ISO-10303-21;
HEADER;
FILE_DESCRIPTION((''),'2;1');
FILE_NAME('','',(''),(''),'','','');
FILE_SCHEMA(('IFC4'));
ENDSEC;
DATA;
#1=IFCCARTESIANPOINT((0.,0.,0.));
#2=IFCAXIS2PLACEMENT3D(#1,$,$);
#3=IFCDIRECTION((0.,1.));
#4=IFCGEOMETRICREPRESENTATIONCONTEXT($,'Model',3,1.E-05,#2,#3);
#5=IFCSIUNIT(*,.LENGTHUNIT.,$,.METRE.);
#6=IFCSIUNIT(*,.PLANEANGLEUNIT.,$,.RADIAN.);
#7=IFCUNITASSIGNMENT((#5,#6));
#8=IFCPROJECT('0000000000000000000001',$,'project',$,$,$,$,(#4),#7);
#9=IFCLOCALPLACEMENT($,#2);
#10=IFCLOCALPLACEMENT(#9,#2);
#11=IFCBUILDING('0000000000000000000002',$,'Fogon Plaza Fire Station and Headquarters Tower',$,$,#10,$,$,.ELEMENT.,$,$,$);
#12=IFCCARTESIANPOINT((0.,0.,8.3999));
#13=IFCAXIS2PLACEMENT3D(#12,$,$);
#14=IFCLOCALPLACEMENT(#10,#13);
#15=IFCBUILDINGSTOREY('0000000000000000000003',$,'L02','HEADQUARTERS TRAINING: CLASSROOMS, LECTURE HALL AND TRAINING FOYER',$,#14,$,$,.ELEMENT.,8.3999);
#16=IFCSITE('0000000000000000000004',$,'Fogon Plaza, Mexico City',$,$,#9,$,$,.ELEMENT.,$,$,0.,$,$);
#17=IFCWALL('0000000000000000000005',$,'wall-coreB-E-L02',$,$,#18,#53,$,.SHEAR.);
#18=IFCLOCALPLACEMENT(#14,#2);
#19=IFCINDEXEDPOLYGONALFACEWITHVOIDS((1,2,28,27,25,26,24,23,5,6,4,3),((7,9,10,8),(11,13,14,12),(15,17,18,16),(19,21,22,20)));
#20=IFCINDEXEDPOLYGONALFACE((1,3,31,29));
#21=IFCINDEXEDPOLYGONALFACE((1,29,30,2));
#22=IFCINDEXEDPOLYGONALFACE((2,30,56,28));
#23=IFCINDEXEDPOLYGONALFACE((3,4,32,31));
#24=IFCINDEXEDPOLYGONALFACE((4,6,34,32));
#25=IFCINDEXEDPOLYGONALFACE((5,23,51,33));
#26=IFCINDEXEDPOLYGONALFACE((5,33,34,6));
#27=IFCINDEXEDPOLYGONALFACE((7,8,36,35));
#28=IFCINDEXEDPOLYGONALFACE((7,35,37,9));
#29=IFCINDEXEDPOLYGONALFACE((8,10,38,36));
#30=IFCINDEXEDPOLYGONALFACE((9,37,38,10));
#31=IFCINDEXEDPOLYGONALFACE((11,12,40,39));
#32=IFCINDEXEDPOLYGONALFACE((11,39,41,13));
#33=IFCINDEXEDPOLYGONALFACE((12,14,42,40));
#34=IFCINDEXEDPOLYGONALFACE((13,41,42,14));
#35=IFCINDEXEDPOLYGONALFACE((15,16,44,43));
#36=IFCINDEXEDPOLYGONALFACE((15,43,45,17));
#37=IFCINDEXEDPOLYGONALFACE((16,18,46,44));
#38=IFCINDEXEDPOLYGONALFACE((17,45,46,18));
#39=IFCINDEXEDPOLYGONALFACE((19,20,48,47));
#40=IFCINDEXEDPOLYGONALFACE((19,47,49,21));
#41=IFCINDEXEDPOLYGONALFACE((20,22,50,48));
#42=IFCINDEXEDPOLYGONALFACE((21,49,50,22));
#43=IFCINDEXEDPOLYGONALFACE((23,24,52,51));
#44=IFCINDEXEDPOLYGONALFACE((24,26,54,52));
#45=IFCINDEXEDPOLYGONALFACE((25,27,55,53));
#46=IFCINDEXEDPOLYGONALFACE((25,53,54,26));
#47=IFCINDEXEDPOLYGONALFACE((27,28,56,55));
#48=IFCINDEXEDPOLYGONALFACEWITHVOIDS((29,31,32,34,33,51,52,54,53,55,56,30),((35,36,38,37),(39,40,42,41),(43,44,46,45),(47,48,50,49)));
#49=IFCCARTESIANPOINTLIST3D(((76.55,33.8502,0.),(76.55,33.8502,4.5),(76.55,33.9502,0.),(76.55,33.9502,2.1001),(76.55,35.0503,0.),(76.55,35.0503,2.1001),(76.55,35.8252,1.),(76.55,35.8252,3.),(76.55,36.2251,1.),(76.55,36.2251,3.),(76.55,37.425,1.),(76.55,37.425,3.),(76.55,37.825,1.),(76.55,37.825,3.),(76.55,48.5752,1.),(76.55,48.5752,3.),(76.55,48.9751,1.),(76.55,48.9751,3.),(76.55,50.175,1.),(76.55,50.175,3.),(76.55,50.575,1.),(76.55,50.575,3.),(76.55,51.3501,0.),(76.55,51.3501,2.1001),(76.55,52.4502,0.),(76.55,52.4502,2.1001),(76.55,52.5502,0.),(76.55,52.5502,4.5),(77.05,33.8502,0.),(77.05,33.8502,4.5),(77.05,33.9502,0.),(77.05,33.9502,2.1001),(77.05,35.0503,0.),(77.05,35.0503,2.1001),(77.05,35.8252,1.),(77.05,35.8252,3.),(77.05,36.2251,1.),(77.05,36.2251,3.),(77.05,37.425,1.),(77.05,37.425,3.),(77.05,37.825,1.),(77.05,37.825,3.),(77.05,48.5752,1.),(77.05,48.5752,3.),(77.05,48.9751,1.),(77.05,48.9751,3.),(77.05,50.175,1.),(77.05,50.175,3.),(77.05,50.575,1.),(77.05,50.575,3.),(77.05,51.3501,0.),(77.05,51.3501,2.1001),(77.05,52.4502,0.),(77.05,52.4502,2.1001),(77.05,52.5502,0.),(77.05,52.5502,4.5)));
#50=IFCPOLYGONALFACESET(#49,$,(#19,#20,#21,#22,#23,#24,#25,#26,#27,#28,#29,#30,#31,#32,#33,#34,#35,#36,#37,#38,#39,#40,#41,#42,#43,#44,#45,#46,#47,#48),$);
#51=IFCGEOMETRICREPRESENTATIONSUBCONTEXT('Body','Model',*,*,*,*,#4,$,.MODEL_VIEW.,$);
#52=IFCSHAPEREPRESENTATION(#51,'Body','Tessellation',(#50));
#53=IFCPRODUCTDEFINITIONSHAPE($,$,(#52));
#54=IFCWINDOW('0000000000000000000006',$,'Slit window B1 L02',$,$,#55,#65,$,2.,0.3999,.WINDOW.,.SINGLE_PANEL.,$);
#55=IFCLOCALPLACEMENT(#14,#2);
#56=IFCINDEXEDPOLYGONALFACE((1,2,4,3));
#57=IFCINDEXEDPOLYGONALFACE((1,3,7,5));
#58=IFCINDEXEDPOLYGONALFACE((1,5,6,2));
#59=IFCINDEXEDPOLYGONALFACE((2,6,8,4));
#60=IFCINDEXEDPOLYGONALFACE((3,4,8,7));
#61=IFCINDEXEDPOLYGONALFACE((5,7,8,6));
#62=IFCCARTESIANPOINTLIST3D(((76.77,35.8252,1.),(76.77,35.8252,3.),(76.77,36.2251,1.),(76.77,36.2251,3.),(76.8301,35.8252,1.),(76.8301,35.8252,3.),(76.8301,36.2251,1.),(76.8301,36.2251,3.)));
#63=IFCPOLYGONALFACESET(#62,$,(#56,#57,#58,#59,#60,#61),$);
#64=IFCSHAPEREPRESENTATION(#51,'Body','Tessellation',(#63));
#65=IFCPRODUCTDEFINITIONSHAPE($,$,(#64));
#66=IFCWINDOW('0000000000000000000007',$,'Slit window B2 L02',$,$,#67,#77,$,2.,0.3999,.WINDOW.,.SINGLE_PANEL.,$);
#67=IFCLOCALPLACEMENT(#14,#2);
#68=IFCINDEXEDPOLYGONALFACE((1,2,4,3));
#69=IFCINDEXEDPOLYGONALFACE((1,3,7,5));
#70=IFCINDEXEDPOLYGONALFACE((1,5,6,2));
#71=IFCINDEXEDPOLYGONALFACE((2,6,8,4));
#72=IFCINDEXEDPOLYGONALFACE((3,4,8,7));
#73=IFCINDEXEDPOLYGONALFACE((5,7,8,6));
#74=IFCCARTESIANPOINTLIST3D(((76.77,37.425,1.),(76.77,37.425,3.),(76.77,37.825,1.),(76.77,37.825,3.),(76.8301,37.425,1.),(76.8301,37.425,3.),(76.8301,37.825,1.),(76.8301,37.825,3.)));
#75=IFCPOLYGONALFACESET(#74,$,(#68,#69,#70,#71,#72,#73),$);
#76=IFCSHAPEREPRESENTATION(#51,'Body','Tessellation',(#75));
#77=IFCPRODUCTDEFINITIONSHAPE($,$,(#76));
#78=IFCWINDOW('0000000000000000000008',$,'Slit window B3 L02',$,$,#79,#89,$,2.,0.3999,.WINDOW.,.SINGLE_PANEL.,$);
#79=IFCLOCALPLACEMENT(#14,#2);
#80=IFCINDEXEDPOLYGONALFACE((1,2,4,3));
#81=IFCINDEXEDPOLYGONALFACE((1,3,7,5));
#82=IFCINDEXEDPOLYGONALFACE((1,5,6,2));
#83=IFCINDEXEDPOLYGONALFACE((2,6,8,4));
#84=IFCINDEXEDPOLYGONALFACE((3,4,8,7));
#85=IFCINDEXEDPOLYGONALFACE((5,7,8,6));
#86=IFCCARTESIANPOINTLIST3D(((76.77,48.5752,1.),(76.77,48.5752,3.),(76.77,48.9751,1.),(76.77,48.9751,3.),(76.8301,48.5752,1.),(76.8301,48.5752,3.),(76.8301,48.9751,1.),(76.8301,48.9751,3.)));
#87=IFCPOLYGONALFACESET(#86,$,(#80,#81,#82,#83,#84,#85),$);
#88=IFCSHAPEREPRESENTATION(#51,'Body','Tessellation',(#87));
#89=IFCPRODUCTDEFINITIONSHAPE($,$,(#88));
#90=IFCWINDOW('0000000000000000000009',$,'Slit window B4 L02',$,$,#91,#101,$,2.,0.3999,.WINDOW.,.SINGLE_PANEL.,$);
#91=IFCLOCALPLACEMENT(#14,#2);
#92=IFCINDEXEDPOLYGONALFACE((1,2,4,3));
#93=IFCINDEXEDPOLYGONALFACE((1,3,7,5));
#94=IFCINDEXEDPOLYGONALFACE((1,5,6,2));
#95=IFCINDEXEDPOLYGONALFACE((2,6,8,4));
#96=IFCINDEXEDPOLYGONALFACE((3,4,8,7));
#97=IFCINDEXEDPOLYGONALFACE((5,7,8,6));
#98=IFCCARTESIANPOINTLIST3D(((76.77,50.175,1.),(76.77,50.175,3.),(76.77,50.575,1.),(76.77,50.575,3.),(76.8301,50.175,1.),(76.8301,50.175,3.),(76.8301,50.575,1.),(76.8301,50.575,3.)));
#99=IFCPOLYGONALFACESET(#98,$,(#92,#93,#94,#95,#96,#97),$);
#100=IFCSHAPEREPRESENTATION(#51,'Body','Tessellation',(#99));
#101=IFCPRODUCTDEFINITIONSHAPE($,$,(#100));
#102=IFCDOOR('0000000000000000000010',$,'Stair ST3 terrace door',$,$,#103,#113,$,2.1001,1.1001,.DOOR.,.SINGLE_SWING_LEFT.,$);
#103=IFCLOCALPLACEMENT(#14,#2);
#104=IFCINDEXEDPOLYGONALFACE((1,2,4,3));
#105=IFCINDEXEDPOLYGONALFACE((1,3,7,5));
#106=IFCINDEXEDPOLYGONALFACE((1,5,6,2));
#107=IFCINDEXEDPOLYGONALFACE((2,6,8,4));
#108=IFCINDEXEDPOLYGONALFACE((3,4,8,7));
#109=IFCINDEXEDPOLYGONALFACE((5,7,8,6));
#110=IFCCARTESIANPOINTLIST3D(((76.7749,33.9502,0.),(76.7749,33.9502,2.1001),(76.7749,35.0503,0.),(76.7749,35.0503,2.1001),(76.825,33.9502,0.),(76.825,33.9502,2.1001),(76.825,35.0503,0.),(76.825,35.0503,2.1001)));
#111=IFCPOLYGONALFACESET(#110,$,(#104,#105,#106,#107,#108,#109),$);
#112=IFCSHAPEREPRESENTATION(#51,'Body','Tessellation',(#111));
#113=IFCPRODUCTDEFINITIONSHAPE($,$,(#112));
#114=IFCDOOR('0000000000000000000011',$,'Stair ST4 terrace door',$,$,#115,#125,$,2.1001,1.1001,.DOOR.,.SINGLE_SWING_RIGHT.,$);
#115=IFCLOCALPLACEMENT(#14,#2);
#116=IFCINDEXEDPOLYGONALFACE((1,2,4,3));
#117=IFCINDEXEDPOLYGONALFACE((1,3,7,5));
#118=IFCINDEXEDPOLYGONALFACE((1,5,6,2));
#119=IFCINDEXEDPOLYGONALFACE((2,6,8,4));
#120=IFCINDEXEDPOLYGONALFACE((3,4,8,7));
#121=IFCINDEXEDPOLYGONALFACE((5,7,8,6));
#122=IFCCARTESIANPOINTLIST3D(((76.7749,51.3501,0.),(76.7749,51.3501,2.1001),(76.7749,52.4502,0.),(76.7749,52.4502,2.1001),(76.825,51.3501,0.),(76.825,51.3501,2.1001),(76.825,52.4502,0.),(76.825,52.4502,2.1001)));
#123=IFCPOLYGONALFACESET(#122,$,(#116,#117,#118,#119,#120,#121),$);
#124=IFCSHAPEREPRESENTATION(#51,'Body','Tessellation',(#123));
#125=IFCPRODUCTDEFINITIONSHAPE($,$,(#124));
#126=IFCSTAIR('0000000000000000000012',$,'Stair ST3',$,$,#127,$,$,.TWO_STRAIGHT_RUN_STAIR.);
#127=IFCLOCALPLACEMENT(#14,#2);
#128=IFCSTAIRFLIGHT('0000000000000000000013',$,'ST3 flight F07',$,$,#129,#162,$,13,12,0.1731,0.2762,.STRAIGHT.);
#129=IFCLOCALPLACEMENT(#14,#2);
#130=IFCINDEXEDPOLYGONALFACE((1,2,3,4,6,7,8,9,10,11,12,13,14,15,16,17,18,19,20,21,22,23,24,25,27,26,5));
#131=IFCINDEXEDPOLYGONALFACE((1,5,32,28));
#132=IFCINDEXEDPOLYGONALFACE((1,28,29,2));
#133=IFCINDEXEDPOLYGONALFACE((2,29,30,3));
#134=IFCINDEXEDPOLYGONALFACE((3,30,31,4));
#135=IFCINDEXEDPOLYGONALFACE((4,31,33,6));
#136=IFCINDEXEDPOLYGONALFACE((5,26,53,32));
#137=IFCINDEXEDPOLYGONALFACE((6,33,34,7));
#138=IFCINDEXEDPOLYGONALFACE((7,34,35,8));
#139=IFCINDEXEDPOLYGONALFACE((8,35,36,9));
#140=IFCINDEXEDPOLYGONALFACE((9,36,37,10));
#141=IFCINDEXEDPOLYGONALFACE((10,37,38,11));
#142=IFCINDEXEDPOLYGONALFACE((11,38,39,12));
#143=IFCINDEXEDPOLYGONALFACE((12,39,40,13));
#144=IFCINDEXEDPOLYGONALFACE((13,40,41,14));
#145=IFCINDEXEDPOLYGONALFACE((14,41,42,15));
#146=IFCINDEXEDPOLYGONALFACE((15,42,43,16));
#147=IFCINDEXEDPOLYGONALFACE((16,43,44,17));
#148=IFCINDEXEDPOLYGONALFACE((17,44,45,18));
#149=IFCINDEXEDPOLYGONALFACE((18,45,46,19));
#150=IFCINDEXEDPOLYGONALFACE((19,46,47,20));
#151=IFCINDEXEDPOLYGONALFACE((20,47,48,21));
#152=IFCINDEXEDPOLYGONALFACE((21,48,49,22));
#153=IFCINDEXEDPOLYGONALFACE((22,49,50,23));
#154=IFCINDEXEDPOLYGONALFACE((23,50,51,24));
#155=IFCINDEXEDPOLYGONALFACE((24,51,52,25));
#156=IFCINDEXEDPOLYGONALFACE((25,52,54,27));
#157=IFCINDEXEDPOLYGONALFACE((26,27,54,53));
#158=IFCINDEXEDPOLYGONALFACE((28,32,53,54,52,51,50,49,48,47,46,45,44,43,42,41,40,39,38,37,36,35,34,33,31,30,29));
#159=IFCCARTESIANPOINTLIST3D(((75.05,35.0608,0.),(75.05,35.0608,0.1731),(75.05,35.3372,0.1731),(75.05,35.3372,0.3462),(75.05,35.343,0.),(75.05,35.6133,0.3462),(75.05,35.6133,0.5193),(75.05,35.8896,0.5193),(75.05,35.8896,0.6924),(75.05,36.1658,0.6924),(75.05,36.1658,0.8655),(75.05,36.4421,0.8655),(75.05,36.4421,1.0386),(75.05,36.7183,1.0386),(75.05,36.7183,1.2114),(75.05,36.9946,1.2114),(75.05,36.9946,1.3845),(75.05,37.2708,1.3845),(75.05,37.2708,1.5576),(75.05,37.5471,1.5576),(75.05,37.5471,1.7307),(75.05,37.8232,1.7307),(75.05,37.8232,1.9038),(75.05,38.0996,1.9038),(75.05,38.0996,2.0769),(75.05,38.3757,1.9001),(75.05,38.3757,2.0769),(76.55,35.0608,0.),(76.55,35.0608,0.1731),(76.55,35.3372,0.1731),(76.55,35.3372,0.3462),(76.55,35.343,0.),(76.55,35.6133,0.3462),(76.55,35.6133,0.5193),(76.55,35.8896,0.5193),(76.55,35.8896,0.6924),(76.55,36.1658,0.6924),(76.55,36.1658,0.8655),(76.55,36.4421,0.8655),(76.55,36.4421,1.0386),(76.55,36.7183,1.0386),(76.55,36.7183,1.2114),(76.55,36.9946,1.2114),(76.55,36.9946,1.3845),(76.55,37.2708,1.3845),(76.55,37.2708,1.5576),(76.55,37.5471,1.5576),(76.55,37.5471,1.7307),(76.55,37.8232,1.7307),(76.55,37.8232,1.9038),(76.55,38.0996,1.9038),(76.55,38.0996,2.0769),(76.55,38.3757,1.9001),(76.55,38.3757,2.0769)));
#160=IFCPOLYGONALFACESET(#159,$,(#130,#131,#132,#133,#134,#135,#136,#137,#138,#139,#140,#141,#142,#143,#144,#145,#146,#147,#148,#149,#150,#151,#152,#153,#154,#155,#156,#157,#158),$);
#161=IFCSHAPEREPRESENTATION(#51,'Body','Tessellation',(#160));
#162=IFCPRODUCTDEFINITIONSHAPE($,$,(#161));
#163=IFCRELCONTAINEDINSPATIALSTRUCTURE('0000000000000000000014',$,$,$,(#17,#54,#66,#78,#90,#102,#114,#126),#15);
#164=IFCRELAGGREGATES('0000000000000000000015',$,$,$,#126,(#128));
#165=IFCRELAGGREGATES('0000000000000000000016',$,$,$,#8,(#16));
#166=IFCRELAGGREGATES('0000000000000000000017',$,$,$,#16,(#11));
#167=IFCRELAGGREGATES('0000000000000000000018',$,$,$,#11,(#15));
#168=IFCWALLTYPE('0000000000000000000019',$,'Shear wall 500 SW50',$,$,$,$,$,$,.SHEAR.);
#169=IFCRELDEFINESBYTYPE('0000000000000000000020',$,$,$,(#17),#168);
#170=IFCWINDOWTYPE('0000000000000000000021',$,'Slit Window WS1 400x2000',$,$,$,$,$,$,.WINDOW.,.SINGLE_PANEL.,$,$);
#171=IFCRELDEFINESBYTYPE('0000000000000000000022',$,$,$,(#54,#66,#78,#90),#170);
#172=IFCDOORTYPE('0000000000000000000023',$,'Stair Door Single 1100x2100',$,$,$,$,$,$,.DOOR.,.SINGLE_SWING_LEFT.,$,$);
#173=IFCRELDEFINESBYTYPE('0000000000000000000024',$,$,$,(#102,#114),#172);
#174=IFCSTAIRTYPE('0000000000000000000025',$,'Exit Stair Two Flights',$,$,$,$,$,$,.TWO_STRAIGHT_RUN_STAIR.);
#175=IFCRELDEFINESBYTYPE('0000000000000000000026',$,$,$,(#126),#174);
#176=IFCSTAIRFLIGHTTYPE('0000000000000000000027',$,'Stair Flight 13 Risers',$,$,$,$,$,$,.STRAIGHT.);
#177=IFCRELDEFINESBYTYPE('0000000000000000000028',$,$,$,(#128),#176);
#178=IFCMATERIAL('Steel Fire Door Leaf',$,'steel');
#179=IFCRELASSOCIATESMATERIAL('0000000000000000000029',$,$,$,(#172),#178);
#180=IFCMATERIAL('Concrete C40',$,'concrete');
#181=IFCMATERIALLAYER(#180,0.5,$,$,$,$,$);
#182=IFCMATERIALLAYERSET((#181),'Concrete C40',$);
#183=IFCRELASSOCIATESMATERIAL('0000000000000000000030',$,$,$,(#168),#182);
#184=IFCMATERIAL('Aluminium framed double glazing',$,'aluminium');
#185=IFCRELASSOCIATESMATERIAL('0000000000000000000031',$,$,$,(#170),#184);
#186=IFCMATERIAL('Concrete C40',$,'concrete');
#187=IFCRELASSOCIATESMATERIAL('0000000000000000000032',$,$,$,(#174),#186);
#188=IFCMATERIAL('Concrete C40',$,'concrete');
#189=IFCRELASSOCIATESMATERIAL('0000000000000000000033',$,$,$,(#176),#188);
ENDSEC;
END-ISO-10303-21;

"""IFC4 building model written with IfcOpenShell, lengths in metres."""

from ifc_helpers import new_model, si_unit, direction, frame, frame_2d, origin, place, context, subcontext, project, spatial, polyline, rectangle, outline, extrude, material, layer, layer_set, type_object, element, fill, aggregate, save


model = new_model("IFC4")

# Units and contexts
model_context = context("Model", 3, precision=1e-05, world=origin(), true_north=direction((0.0, 1.0)))
body_context = subcontext(model_context, "Body", "Model", "MODEL_VIEW")
ifc_project = project(units=[si_unit("LENGTHUNIT", "METRE"), si_unit("PLANEANGLEUNIT", "RADIAN")], contexts=[model_context])

# Site, building, storey
site_placement = place(None, origin())
site = spatial("IfcSite", under=ifc_project, at=site_placement, Name="Fogon Plaza, Mexico City", CompositionType="ELEMENT", RefElevation=0.0)
building_placement = place(site_placement, origin())
building = spatial("IfcBuilding", under=site, at=building_placement, Name="Fogon Plaza Fire Station and Headquarters Tower", CompositionType="ELEMENT")
storey_placement = place(building_placement, frame((0.0, 0.0, 8.3999)))
storey = spatial("IfcBuildingStorey", under=building, at=storey_placement, Name="L02", Description="HEADQUARTERS TRAINING: CLASSROOMS, LECTURE HALL AND TRAINING FOYER", CompositionType="ELEMENT", Elevation=8.3999)

# Shared definitions
ifc_material_1 = material(Name="Steel Fire Door Leaf", Category="steel")
door_type_1 = type_object("IfcDoorType", Name="Stair Door Single 1100x2100", OperationType="SINGLE_SWING_LEFT", PredefinedType="DOOR", material=ifc_material_1)

# Wall, openings, windows, doors
ifc_material_2 = material(Name="Concrete C40", Category="concrete")
ifc_layer_1 = layer(ifc_material_2, 0.5)
ifc_layer_set_1 = layer_set([ifc_layer_1], Name="Concrete C40")
wall_type_1 = type_object("IfcWallType", Name="Shear wall 500 SW50", PredefinedType="SHEAR", material=ifc_layer_set_1)
wall_1_placement = place(storey_placement, frame((76.8, 33.8501, 0.0), z_axis=(0.0, 0.0, 1.0), x_axis=(0.0, 1.0, 0.0)))
wall_1 = element("IfcWall", 1, at=wall_1_placement, inside=storey, type_object=wall_type_1, Name="wall-coreB-E-L02", PredefinedType="SHEAR", context=body_context, shape_type="SweptSolid", body=[
    extrude(rectangle(XDim=18.7, YDim=0.5, at=frame_2d((9.3501, 0.0))), origin(), (0.0, 0.0, 1.0), 4.5),
])
opening_1_placement = place(wall_1_placement, frame((1.9751, 0.0, 1.0)))
opening_1 = element("IfcOpeningElement", 2, at=opening_1_placement, cuts=wall_1, PredefinedType="OPENING", context=body_context, shape_type="SweptSolid", body=[
    extrude(rectangle(XDim=0.3999, YDim=2.0, at=frame_2d((0.2, 1.0))), frame((0.0, 0.26, 0.0), z_axis=(0.0, -1.0, 0.0), x_axis=(1.0, 0.0, 0.0)), (0.0, 0.0, 1.0), 0.52),
])
opening_2_placement = place(wall_1_placement, frame((3.575, 0.0, 1.0)))
opening_2 = element("IfcOpeningElement", 3, at=opening_2_placement, cuts=wall_1, PredefinedType="OPENING", context=body_context, shape_type="SweptSolid", body=[
    extrude(rectangle(XDim=0.3999, YDim=2.0, at=frame_2d((0.2, 1.0))), frame((0.0, 0.26, 0.0), z_axis=(0.0, -1.0, 0.0), x_axis=(1.0, 0.0, 0.0)), (0.0, 0.0, 1.0), 0.52),
])
opening_3_placement = place(wall_1_placement, frame((14.7251, 0.0, 1.0)))
opening_3 = element("IfcOpeningElement", 4, at=opening_3_placement, cuts=wall_1, PredefinedType="OPENING", context=body_context, shape_type="SweptSolid", body=[
    extrude(rectangle(XDim=0.3999, YDim=2.0, at=frame_2d((0.2, 1.0))), frame((0.0, 0.26, 0.0), z_axis=(0.0, -1.0, 0.0), x_axis=(1.0, 0.0, 0.0)), (0.0, 0.0, 1.0), 0.52),
])
opening_4_placement = place(wall_1_placement, frame((16.325, 0.0, 1.0)))
opening_4 = element("IfcOpeningElement", 5, at=opening_4_placement, cuts=wall_1, PredefinedType="OPENING", context=body_context, shape_type="SweptSolid", body=[
    extrude(rectangle(XDim=0.3999, YDim=2.0, at=frame_2d((0.2, 1.0))), frame((0.0, 0.26, 0.0), z_axis=(0.0, -1.0, 0.0), x_axis=(1.0, 0.0, 0.0)), (0.0, 0.0, 1.0), 0.52),
])
opening_5_placement = place(wall_1_placement, frame((0.1001, 0.0, 0.0)))
opening_5 = element("IfcOpeningElement", 6, at=opening_5_placement, cuts=wall_1, PredefinedType="OPENING", context=body_context, shape_type="SweptSolid", body=[
    extrude(rectangle(XDim=1.1001, YDim=2.1001, at=frame_2d((0.55, 1.05))), frame((0.0, 0.26, 0.0), z_axis=(0.0, -1.0, 0.0), x_axis=(1.0, 0.0, 0.0)), (0.0, 0.0, 1.0), 0.52),
])
opening_6_placement = place(wall_1_placement, frame((17.5, 0.0, 0.0)))
opening_6 = element("IfcOpeningElement", 7, at=opening_6_placement, cuts=wall_1, PredefinedType="OPENING", context=body_context, shape_type="SweptSolid", body=[
    extrude(rectangle(XDim=1.1001, YDim=2.1001, at=frame_2d((0.55, 1.05))), frame((0.0, 0.26, 0.0), z_axis=(0.0, -1.0, 0.0), x_axis=(1.0, 0.0, 0.0)), (0.0, 0.0, 1.0), 0.52),
])
ifc_material_3 = material(Name="Aluminium framed double glazing", Category="aluminium")
window_type = type_object("IfcWindowType", Name="Slit Window WS1 400x2000", PartitioningType="SINGLE_PANEL", PredefinedType="WINDOW", material=ifc_material_3)
window_1_placement = place(opening_1_placement, origin())
window_1 = element("IfcWindow", 8, at=window_1_placement, inside=storey, type_object=window_type, Name="Slit window B1 L02", OverallHeight=2.0, OverallWidth=0.3999, PartitioningType="SINGLE_PANEL", PredefinedType="WINDOW", context=body_context, shape_type="SweptSolid", body=[
    extrude(rectangle(XDim=0.3999, YDim=2.0, at=frame_2d((0.2, 1.0))), frame((0.0, 0.03, 0.0), z_axis=(0.0, -1.0, 0.0), x_axis=(1.0, 0.0, 0.0)), (0.0, 0.0, 1.0), 0.0601),
])
fill(opening_1, window_1)
window_2_placement = place(opening_2_placement, origin())
window_2 = element("IfcWindow", 9, at=window_2_placement, inside=storey, type_object=window_type, Name="Slit window B2 L02", OverallHeight=2.0, OverallWidth=0.3999, PartitioningType="SINGLE_PANEL", PredefinedType="WINDOW", context=body_context, shape_type="SweptSolid", body=[
    extrude(rectangle(XDim=0.3999, YDim=2.0, at=frame_2d((0.2, 1.0))), frame((0.0, 0.03, 0.0), z_axis=(0.0, -1.0, 0.0), x_axis=(1.0, 0.0, 0.0)), (0.0, 0.0, 1.0), 0.0601),
])
fill(opening_2, window_2)
window_3_placement = place(opening_3_placement, origin())
window_3 = element("IfcWindow", 10, at=window_3_placement, inside=storey, type_object=window_type, Name="Slit window B3 L02", OverallHeight=2.0, OverallWidth=0.3999, PartitioningType="SINGLE_PANEL", PredefinedType="WINDOW", context=body_context, shape_type="SweptSolid", body=[
    extrude(rectangle(XDim=0.3999, YDim=2.0, at=frame_2d((0.2, 1.0))), frame((0.0, 0.03, 0.0), z_axis=(0.0, -1.0, 0.0), x_axis=(1.0, 0.0, 0.0)), (0.0, 0.0, 1.0), 0.0601),
])
fill(opening_3, window_3)
window_4_placement = place(opening_4_placement, origin())
window_4 = element("IfcWindow", 11, at=window_4_placement, inside=storey, type_object=window_type, Name="Slit window B4 L02", OverallHeight=2.0, OverallWidth=0.3999, PartitioningType="SINGLE_PANEL", PredefinedType="WINDOW", context=body_context, shape_type="SweptSolid", body=[
    extrude(rectangle(XDim=0.3999, YDim=2.0, at=frame_2d((0.2, 1.0))), frame((0.0, 0.03, 0.0), z_axis=(0.0, -1.0, 0.0), x_axis=(1.0, 0.0, 0.0)), (0.0, 0.0, 1.0), 0.0601),
])
fill(opening_4, window_4)
door_1_placement = place(opening_5_placement, frame((1.1001, 0.0, 0.0), z_axis=(0.0, 0.0, 1.0), x_axis=(-1.0, 0.0, 0.0)))
door_1 = element("IfcDoor", 12, at=door_1_placement, inside=storey, type_object=door_type_1, Name="Stair ST3 terrace door", OperationType="SINGLE_SWING_LEFT", OverallHeight=2.1001, OverallWidth=1.1001, PredefinedType="DOOR", context=body_context, shape_type="SweptSolid", body=[
    extrude(rectangle(XDim=1.1001, YDim=2.1001, at=frame_2d((0.55, 1.05))), frame((0.0, 0.0249, 0.0), z_axis=(0.0, -1.0, 0.0), x_axis=(1.0, 0.0, 0.0)), (0.0, 0.0, 1.0), 0.05),
])
fill(opening_5, door_1)
door_2_placement = place(opening_6_placement, frame((1.1001, 0.0, 0.0), z_axis=(0.0, 0.0, 1.0), x_axis=(-1.0, 0.0, 0.0)))
door_2 = element("IfcDoor", 13, at=door_2_placement, inside=storey, type_object=door_type_1, Name="Stair ST4 terrace door", OperationType="SINGLE_SWING_RIGHT", OverallHeight=2.1001, OverallWidth=1.1001, PredefinedType="DOOR", context=body_context, shape_type="SweptSolid", body=[
    extrude(rectangle(XDim=1.1001, YDim=2.1001, at=frame_2d((0.55, 1.05))), frame((0.0, 0.0249, 0.0), z_axis=(0.0, -1.0, 0.0), x_axis=(1.0, 0.0, 0.0)), (0.0, 0.0, 1.0), 0.05),
])
fill(opening_6, door_2)

# Stair, stair flight
ifc_material_4 = material(Name="Concrete C40", Category="concrete")
stair_type = type_object("IfcStairType", Name="Exit Stair Two Flights", PredefinedType="TWO_STRAIGHT_RUN_STAIR", material=ifc_material_4)
stair_placement = place(storey_placement, origin())
stair = element("IfcStair", 14, at=stair_placement, inside=storey, type_object=stair_type, Name="Stair ST3", PredefinedType="TWO_STRAIGHT_RUN_STAIR")
ifc_material_5 = material(Name="Concrete C40", Category="concrete")
stair_flight_type = type_object("IfcStairFlightType", Name="Stair Flight 13 Risers", PredefinedType="STRAIGHT", material=ifc_material_5)
stair_flight_placement = place(storey_placement, frame((75.8, 35.0608, 0.0), z_axis=(0.0, 0.0, 1.0), x_axis=(0.0, 1.0, 0.0)))
stair_flight = element("IfcStairFlight", 15, at=stair_flight_placement, type_object=stair_flight_type, Name="ST3 flight F07", NumberOfRisers=13, NumberOfTreads=12, PredefinedType="STRAIGHT", RiserHeight=0.1731, TreadLength=0.2762, context=body_context, shape_type="SweptSolid", body=[
    extrude(outline(polyline([(0.0, 0.0), (0.0, 0.1731), (0.2764, 0.1731), (0.2764, 0.3462), (0.5525, 0.3462), (0.5525, 0.5193), (0.8289, 0.5193), (0.8289, 0.6924), (1.105, 0.6924), (1.105, 0.8655), (1.3813, 0.8655), (1.3813, 1.0386), (1.6575, 1.0386), (1.6575, 1.2114), (1.9338, 1.2114), (1.9338, 1.3845), (2.21, 1.3845), (2.21, 1.5576), (2.4863, 1.5576), (2.4863, 1.7307), (2.7625, 1.7307), (2.7625, 1.9038), (3.0388, 1.9038), (3.0388, 2.0769), (3.3149, 2.0769), (3.3149, 2.25), (3.3149, 1.9001), (0.2822, 0.0), (0.0, 0.0)])), frame((0.0, 0.75, 0.0), z_axis=(0.0, -1.0, 0.0), x_axis=(1.0, 0.0, 0.0)), (0.0, 0.0, 1.0), 1.5),
])
aggregate(stair, [stair_flight])

save(model, "model.ifc")
